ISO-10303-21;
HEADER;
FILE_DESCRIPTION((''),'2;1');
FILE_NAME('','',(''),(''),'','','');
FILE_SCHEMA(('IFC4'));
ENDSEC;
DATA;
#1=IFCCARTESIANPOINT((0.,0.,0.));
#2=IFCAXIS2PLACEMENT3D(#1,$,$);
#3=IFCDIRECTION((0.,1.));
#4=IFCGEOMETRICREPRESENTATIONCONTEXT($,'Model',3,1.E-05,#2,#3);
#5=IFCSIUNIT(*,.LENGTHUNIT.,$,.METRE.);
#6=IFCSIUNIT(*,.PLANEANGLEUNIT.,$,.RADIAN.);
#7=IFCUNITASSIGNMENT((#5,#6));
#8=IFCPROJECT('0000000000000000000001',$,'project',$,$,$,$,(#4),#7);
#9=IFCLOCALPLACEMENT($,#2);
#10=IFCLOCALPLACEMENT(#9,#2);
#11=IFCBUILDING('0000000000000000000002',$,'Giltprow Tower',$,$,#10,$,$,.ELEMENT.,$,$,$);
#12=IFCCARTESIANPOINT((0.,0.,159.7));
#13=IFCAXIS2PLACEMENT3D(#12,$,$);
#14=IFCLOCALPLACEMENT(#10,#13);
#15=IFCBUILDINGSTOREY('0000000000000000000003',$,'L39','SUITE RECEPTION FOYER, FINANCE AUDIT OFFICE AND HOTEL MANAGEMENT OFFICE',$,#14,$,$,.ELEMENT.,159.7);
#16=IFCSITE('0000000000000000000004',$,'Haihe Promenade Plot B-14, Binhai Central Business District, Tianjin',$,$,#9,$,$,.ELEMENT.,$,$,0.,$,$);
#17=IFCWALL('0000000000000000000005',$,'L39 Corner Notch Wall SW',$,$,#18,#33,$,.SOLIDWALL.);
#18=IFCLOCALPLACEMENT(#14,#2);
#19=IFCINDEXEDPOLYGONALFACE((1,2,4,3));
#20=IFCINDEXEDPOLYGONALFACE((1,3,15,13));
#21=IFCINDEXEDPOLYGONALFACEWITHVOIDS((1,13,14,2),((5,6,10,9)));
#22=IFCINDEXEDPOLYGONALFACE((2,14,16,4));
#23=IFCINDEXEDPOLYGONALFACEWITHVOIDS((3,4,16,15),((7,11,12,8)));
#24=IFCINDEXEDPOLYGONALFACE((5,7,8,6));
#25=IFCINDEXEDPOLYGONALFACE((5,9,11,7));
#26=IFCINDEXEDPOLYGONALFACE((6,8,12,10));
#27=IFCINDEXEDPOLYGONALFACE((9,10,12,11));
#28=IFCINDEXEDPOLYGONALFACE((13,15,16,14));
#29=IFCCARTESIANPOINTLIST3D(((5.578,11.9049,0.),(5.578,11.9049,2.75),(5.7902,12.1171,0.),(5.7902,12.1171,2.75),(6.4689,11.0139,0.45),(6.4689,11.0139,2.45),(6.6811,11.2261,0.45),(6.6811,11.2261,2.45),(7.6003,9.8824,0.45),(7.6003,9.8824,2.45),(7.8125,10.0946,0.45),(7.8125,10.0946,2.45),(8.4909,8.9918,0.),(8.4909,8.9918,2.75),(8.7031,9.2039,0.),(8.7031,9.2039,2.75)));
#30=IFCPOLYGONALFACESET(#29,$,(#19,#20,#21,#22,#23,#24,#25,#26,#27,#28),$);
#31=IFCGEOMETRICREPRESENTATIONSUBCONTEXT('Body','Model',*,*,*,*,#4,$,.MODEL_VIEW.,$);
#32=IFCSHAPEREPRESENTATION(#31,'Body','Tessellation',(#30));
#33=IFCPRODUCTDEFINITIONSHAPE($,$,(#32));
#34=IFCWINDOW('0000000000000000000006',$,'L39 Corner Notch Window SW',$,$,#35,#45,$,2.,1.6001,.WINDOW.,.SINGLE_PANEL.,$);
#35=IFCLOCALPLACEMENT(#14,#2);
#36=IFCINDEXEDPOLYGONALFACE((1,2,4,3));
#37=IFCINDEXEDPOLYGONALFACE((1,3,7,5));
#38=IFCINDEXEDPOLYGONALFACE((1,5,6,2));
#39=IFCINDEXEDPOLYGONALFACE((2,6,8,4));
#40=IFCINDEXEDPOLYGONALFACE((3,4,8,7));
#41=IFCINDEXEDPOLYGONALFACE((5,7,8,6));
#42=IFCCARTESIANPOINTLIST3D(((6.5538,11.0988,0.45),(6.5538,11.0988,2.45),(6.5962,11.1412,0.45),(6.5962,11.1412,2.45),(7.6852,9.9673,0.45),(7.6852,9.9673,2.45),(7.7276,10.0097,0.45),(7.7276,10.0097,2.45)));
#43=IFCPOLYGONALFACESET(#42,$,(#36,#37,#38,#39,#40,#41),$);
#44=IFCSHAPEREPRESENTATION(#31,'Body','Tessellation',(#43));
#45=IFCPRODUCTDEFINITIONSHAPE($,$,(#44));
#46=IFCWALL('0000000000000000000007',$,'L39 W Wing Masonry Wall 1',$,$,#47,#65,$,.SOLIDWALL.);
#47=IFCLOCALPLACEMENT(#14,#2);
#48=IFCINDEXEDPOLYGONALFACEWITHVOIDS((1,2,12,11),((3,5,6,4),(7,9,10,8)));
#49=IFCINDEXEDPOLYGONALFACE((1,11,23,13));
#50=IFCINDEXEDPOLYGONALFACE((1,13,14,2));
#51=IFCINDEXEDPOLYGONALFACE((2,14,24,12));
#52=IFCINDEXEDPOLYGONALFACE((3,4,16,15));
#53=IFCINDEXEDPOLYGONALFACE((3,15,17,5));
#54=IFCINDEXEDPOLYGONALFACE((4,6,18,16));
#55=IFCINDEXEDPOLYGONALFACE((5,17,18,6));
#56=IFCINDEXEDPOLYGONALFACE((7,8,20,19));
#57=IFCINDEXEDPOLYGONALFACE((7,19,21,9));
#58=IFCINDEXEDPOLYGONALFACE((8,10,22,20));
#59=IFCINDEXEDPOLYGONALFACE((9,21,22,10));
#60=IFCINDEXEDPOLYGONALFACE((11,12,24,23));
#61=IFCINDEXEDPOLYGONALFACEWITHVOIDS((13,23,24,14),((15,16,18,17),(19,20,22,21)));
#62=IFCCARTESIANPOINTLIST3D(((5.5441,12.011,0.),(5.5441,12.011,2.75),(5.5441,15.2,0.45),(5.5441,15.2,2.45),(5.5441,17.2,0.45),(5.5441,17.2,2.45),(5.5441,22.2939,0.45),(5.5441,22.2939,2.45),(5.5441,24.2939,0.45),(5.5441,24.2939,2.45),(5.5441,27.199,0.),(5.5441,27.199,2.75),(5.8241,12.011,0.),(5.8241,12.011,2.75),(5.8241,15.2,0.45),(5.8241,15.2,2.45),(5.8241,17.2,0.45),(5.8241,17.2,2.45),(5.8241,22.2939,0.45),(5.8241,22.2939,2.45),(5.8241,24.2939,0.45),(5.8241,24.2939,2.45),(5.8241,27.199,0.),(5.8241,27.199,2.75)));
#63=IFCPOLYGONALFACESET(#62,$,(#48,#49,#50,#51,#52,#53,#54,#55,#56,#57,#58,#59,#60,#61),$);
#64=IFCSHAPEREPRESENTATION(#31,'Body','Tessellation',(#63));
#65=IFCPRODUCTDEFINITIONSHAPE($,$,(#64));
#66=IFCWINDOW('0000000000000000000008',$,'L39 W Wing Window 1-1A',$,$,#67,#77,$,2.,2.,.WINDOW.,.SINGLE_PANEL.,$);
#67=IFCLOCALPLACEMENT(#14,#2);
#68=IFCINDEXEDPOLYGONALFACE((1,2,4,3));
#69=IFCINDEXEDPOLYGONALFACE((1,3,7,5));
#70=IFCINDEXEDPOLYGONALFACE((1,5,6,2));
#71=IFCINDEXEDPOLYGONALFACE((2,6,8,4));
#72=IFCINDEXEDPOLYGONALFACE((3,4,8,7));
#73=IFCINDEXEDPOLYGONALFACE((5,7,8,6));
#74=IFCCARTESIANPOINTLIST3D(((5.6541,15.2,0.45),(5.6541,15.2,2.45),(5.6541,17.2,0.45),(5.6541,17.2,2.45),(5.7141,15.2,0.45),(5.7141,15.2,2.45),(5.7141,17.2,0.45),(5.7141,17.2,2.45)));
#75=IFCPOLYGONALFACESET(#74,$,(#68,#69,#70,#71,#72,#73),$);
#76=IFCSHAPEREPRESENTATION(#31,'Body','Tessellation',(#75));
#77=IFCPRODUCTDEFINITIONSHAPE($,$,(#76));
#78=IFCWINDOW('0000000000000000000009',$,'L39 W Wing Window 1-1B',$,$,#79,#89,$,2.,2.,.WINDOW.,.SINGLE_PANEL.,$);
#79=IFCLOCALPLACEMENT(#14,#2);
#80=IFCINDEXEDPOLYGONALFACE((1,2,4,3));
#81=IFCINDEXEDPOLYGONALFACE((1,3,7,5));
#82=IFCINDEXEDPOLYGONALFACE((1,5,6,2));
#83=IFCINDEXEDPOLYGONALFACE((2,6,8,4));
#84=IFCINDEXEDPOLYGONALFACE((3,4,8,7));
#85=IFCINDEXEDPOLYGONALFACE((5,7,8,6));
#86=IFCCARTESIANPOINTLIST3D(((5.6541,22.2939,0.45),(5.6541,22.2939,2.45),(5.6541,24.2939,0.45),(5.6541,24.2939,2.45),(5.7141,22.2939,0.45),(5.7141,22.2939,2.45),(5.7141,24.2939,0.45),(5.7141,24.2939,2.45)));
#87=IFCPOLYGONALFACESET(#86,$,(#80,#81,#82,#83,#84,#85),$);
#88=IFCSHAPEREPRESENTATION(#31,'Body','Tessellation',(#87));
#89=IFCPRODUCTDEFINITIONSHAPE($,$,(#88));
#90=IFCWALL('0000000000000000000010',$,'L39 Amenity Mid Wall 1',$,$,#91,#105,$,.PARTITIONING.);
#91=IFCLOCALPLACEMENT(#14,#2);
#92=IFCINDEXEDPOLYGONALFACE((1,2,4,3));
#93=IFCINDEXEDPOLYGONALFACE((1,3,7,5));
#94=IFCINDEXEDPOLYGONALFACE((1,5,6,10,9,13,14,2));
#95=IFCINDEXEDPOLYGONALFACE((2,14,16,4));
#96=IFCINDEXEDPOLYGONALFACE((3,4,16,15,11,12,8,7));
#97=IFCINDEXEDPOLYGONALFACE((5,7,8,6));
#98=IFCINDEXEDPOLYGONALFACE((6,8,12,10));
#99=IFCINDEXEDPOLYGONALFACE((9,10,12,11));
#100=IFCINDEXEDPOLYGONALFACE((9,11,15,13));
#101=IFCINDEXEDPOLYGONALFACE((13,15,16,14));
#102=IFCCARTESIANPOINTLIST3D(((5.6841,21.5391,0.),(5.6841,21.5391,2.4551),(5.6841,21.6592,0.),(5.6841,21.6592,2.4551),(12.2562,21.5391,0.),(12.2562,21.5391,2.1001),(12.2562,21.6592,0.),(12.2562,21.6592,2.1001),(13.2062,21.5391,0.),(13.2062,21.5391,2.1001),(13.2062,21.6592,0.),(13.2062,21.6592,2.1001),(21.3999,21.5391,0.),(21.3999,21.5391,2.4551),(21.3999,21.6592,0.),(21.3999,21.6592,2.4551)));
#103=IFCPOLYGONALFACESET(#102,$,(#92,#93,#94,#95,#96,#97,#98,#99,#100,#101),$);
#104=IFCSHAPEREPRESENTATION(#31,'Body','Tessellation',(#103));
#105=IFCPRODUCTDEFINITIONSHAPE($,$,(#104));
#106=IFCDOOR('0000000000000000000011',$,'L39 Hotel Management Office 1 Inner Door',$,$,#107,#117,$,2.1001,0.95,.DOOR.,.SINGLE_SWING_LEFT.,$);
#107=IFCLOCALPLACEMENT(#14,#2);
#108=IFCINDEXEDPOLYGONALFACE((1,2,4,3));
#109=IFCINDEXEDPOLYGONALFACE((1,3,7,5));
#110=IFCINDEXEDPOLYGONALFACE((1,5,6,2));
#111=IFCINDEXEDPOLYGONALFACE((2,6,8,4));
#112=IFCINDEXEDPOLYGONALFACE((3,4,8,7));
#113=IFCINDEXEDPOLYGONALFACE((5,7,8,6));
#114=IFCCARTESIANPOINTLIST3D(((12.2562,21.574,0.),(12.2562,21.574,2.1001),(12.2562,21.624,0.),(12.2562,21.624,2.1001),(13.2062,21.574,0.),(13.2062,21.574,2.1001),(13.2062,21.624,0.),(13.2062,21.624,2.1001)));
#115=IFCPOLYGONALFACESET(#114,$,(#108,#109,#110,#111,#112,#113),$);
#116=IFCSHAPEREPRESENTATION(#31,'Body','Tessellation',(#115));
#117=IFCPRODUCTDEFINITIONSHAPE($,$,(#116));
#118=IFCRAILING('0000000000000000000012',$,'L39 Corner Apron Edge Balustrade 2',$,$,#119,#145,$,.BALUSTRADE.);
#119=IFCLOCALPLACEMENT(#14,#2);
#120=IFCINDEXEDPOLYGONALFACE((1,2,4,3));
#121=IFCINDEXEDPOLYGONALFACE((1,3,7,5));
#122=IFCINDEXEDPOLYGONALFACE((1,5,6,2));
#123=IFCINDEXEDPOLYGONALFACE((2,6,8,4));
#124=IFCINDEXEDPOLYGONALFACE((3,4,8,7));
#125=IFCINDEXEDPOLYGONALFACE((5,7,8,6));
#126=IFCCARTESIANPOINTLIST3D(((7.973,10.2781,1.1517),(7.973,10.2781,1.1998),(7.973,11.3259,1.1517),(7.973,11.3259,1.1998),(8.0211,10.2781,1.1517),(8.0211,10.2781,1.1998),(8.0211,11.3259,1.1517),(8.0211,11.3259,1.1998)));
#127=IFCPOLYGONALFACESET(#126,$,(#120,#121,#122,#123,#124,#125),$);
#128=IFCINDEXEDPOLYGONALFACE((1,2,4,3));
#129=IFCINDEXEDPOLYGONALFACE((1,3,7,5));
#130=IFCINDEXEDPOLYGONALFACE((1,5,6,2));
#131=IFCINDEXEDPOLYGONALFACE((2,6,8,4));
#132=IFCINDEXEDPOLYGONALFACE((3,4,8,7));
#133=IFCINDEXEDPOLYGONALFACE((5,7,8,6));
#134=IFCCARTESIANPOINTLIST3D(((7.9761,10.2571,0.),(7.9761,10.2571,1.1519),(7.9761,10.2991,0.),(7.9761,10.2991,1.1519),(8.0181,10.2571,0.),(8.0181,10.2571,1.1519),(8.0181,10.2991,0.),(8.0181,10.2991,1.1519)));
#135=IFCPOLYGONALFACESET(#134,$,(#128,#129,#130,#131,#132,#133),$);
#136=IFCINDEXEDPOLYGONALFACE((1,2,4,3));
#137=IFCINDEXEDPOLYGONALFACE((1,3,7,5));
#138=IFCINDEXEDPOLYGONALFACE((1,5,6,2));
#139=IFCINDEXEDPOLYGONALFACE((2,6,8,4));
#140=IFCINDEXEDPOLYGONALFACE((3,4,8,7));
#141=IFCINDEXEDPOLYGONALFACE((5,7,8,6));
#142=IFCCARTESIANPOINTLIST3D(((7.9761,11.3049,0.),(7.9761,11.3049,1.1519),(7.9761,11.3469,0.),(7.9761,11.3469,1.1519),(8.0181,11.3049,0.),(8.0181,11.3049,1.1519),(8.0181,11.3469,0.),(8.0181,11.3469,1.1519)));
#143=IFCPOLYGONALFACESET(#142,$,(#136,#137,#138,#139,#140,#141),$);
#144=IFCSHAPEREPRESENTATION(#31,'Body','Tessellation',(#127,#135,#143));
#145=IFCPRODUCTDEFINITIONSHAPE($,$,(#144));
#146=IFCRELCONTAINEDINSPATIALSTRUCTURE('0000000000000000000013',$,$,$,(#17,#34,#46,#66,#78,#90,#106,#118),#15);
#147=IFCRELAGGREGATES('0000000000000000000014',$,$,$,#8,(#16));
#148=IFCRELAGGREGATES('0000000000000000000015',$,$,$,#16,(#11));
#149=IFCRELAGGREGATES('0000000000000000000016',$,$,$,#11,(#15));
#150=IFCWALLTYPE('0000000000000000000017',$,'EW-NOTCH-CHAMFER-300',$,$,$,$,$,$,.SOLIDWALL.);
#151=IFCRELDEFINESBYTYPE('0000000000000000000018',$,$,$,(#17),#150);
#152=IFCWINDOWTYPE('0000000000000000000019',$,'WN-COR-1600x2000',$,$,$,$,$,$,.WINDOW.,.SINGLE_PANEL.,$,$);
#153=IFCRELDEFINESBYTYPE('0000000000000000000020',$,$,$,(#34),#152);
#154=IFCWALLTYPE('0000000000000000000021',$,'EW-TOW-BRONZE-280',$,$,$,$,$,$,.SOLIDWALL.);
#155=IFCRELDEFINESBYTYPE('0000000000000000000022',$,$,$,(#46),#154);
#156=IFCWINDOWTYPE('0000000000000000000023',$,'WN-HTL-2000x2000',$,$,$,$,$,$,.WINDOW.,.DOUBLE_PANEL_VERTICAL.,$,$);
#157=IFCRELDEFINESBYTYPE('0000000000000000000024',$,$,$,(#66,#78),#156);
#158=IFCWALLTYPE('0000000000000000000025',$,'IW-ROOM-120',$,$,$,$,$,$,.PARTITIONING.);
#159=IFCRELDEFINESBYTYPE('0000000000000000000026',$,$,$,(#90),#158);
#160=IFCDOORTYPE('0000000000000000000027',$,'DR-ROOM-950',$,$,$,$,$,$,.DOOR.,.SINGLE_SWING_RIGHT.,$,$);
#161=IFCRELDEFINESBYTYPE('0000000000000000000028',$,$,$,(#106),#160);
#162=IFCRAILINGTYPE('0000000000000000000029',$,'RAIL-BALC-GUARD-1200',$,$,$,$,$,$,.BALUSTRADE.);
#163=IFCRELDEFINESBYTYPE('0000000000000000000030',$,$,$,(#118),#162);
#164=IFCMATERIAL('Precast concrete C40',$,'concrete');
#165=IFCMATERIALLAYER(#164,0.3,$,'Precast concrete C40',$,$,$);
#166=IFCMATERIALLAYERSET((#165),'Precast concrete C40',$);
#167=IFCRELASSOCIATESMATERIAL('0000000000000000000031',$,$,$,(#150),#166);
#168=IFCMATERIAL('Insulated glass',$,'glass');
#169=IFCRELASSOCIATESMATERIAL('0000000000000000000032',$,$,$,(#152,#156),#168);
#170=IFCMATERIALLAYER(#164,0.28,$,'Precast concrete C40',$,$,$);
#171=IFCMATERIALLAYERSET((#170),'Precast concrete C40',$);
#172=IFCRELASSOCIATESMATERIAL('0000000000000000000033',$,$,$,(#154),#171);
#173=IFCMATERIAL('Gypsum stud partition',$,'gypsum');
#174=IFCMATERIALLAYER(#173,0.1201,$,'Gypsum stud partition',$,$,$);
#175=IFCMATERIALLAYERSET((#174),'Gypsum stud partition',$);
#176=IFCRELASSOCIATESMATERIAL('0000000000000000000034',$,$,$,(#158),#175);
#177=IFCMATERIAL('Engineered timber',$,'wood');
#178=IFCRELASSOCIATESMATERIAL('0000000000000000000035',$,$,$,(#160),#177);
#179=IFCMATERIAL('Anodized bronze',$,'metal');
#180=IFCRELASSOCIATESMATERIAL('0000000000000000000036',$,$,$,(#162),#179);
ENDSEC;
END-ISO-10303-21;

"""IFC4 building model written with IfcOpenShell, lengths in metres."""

from ifc_helpers import new_model, si_unit, direction, frame, frame_2d, origin, origin_2d, place, context, subcontext, project, spatial, rectangle, extrude, source, transform, mapped, material, layer, layer_set, type_object, element, fill, save


model = new_model("IFC4")

# Units and contexts
model_context = context("Model", 3, precision=1e-05, world=origin(), true_north=direction((0.0, 1.0)))
body_context = subcontext(model_context, "Body", "Model", "MODEL_VIEW")
ifc_project = project(units=[si_unit("LENGTHUNIT", "METRE"), si_unit("PLANEANGLEUNIT", "RADIAN")], contexts=[model_context])

# Site, building, storey
site_placement = place(None, origin())
site = spatial("IfcSite", under=ifc_project, at=site_placement, Name="Haihe Promenade Plot B-14, Binhai Central Business District, Tianjin", CompositionType="ELEMENT", RefElevation=0.0)
building_placement = place(site_placement, origin())
building = spatial("IfcBuilding", under=site, at=building_placement, Name="Giltprow Tower", CompositionType="ELEMENT")
storey_placement = place(building_placement, frame((0.0, 0.0, 159.7)))
storey = spatial("IfcBuildingStorey", under=building, at=storey_placement, Name="L39", Description="SUITE RECEPTION FOYER, FINANCE AUDIT OFFICE AND HOTEL MANAGEMENT OFFICE", CompositionType="ELEMENT", Elevation=159.7)

# Shared definitions
ifc_material_1 = material(Name="Anodized bronze", Category="metal")
ifc_material_2 = material(Name="Insulated glass", Category="glass")

# Wall, opening, window
ifc_material_3 = material(Name="Precast concrete C40", Category="concrete")
ifc_layer_1 = layer(ifc_material_3, 0.3, Name="Precast concrete C40")
ifc_layer_set_1 = layer_set([ifc_layer_1], Name="Precast concrete C40")
wall_type_1 = type_object("IfcWallType", Name="EW-NOTCH-CHAMFER-300", PredefinedType="SOLIDWALL", material=ifc_layer_set_1)
wall_1_placement = place(storey_placement, frame((5.6841, 12.011, 0.0), z_axis=(0.0, 0.0, 1.0), x_axis=(0.707077, -0.707136, 0.0)))
wall_1 = element("IfcWall", 1, at=wall_1_placement, inside=storey, type_object=wall_type_1, Name="L39 Corner Notch Wall SW", PredefinedType="SOLIDWALL", context=body_context, shape_type="SweptSolid", body=[
    extrude(rectangle(XDim=4.1196, YDim=0.3, at=frame_2d((2.0598, 0.0))), origin(), (0.0, 0.0, 1.0), 2.75),
])
opening_1_placement = place(wall_1_placement, frame((1.26, 0.0, 0.45)))
opening_1 = element("IfcOpeningElement", 2, at=opening_1_placement, cuts=wall_1, PredefinedType="OPENING", context=body_context, shape_type="SweptSolid", body=[
    extrude(rectangle(XDim=1.6001, YDim=2.0, at=frame_2d((0.8, 1.0))), frame((0.0, 0.1599, 0.0), z_axis=(0.0, -1.0, 0.0), x_axis=(1.0, 0.0, 0.0)), (0.0, 0.0, 1.0), 0.3201),
])
window_type_1 = type_object("IfcWindowType", Name="WN-COR-1600x2000", PartitioningType="SINGLE_PANEL", PredefinedType="WINDOW", material=ifc_material_2)
shared_shape_1 = source(origin(), body_context, "Body", "SweptSolid", [
    extrude(rectangle(XDim=1.6001, YDim=2.0, at=frame_2d((0.8, 1.0))), frame((0.0, 0.03, 0.0), z_axis=(0.0, -1.0, 0.0), x_axis=(1.0, 0.0, 0.0)), (0.0, 0.0, 1.0), 0.0601),
])
window_1_placement = place(opening_1_placement, origin())
window_1 = element("IfcWindow", 3, at=window_1_placement, inside=storey, type_object=window_type_1, Name="L39 Corner Notch Window SW", OverallHeight=2.0, OverallWidth=1.6001, PartitioningType="SINGLE_PANEL", PredefinedType="WINDOW", context=body_context, shape_type="MappedRepresentation", body=[
    mapped(shared_shape_1, transform((0.0, 0.0, 0.0), x_axis=(1.0, 0.0, 0.0), y_axis=(0.0, 1.0, 0.0), z_axis=(0.0, 0.0, 1.0), scale=1.0)),
])
fill(opening_1, window_1)

# Wall, openings, windows
ifc_layer_2 = layer(ifc_material_3, 0.28, Name="Precast concrete C40")
ifc_layer_set_2 = layer_set([ifc_layer_2], Name="Precast concrete C40")
wall_type_2 = type_object("IfcWallType", Name="EW-TOW-BRONZE-280", PredefinedType="SOLIDWALL", material=ifc_layer_set_2)
wall_2_placement = place(storey_placement, frame((5.6841, 12.011, 0.0), z_axis=(0.0, 0.0, 1.0), x_axis=(0.0, 1.0, 0.0)))
wall_2 = element("IfcWall", 4, at=wall_2_placement, inside=storey, type_object=wall_type_2, Name="L39 W Wing Masonry Wall 1", PredefinedType="SOLIDWALL", context=body_context, shape_type="SweptSolid", body=[
    extrude(rectangle(XDim=15.188, YDim=0.28, at=frame_2d((7.594, 0.0))), origin(), (0.0, 0.0, 1.0), 2.75),
])
opening_2_placement = place(wall_2_placement, frame((3.189, 0.0, 0.45)))
opening_2 = element("IfcOpeningElement", 5, at=opening_2_placement, cuts=wall_2, PredefinedType="OPENING", context=body_context, shape_type="SweptSolid", body=[
    extrude(rectangle(XDim=2.0, YDim=2.0, at=frame_2d((1.0, 1.0))), frame((0.0, 0.1499, 0.0), z_axis=(0.0, -1.0, 0.0), x_axis=(1.0, 0.0, 0.0)), (0.0, 0.0, 1.0), 0.3),
])
opening_3_placement = place(wall_2_placement, frame((10.283, 0.0, 0.45)))
opening_3 = element("IfcOpeningElement", 6, at=opening_3_placement, cuts=wall_2, PredefinedType="OPENING", context=body_context, shape_type="SweptSolid", body=[
    extrude(rectangle(XDim=2.0, YDim=2.0, at=frame_2d((1.0, 1.0))), frame((0.0, 0.1499, 0.0), z_axis=(0.0, -1.0, 0.0), x_axis=(1.0, 0.0, 0.0)), (0.0, 0.0, 1.0), 0.3),
])
window_type_2 = type_object("IfcWindowType", Name="WN-HTL-2000x2000", PartitioningType="DOUBLE_PANEL_VERTICAL", PredefinedType="WINDOW", material=ifc_material_2)
shared_shape_2 = source(origin(), body_context, "Body", "SweptSolid", [
    extrude(rectangle(XDim=2.0, YDim=2.0, at=frame_2d((1.0, 1.0))), frame((0.0, 0.03, 0.0), z_axis=(0.0, -1.0, 0.0), x_axis=(1.0, 0.0, 0.0)), (0.0, 0.0, 1.0), 0.0601),
])
window_2_placement = place(opening_2_placement, origin())
window_2 = element("IfcWindow", 7, at=window_2_placement, inside=storey, type_object=window_type_2, Name="L39 W Wing Window 1-1A", OverallHeight=2.0, OverallWidth=2.0, PartitioningType="SINGLE_PANEL", PredefinedType="WINDOW", context=body_context, shape_type="MappedRepresentation", body=[
    mapped(shared_shape_2, transform((0.0, 0.0, 0.0), x_axis=(1.0, 0.0, 0.0), y_axis=(0.0, 1.0, 0.0), z_axis=(0.0, 0.0, 1.0), scale=1.0)),
])
fill(opening_2, window_2)
window_3_placement = place(opening_3_placement, origin())
window_3 = element("IfcWindow", 8, at=window_3_placement, inside=storey, type_object=window_type_2, Name="L39 W Wing Window 1-1B", OverallHeight=2.0, OverallWidth=2.0, PartitioningType="SINGLE_PANEL", PredefinedType="WINDOW", context=body_context, shape_type="MappedRepresentation", body=[
    mapped(shared_shape_2, transform((0.0, 0.0, 0.0), x_axis=(1.0, 0.0, 0.0), y_axis=(0.0, 1.0, 0.0), z_axis=(0.0, 0.0, 1.0), scale=1.0)),
])
fill(opening_3, window_3)

# Wall, opening, door
ifc_material_4 = material(Name="Gypsum stud partition", Category="gypsum")
ifc_layer_3 = layer(ifc_material_4, 0.1201, Name="Gypsum stud partition")
ifc_layer_set_3 = layer_set([ifc_layer_3], Name="Gypsum stud partition")
wall_type_3 = type_object("IfcWallType", Name="IW-ROOM-120", PredefinedType="PARTITIONING", material=ifc_layer_set_3)
wall_3_placement = place(storey_placement, frame((5.6841, 21.5991, 0.0), z_axis=(0.0, 0.0, 1.0), x_axis=(1.0, 0.0, 0.0)))
wall_3 = element("IfcWall", 9, at=wall_3_placement, inside=storey, type_object=wall_type_3, Name="L39 Amenity Mid Wall 1", PredefinedType="PARTITIONING", context=body_context, shape_type="SweptSolid", body=[
    extrude(rectangle(XDim=15.7158, YDim=0.1201, at=frame_2d((7.8579, 0.0))), origin(), (0.0, 0.0, 1.0), 2.4551),
])
opening_4_placement = place(wall_3_placement, frame((6.572, 0.0, 0.0)))
opening_4 = element("IfcOpeningElement", 10, at=opening_4_placement, cuts=wall_3, PredefinedType="OPENING", context=body_context, shape_type="SweptSolid", body=[
    extrude(rectangle(XDim=0.95, YDim=2.1001, at=frame_2d((0.4751, 1.05))), frame((0.0, 0.0701, 0.0), z_axis=(0.0, -1.0, 0.0), x_axis=(1.0, 0.0, 0.0)), (0.0, 0.0, 1.0), 0.1401),
])
ifc_material_5 = material(Name="Engineered timber", Category="wood")
door_type = type_object("IfcDoorType", Name="DR-ROOM-950", OperationType="SINGLE_SWING_RIGHT", PredefinedType="DOOR", material=ifc_material_5)
shared_shape_3 = source(origin(), body_context, "Body", "SweptSolid", [
    extrude(rectangle(XDim=0.95, YDim=2.1001, at=frame_2d((0.4751, 1.05))), frame((0.0, 0.0249, 0.0), z_axis=(0.0, -1.0, 0.0), x_axis=(1.0, 0.0, 0.0)), (0.0, 0.0, 1.0), 0.05),
])
door_placement = place(opening_4_placement, origin())
door = element("IfcDoor", 11, at=door_placement, inside=storey, type_object=door_type, Name="L39 Hotel Management Office 1 Inner Door", OperationType="SINGLE_SWING_LEFT", OverallHeight=2.1001, OverallWidth=0.95, PredefinedType="DOOR", context=body_context, shape_type="MappedRepresentation", body=[
    mapped(shared_shape_3, transform((0.0, 0.0, 0.0), x_axis=(1.0, 0.0, 0.0), y_axis=(0.0, 1.0, 0.0), z_axis=(0.0, 0.0, 1.0), scale=1.0)),
])
fill(opening_4, door)

# Railing
railing_type = type_object("IfcRailingType", Name="RAIL-BALC-GUARD-1200", PredefinedType="BALUSTRADE", material=ifc_material_1)
railing_1_placement = place(storey_placement, frame((7.9971, 10.2781, 0.0)))
element("IfcRailing", 12, at=railing_1_placement, inside=storey, type_object=railing_type, Name="L39 Corner Apron Edge Balustrade 2", PredefinedType="BALUSTRADE", context=body_context, shape_type="SweptSolid", body=[
    extrude(rectangle(XDim=0.0481, YDim=0.0481, at=origin_2d()), frame((0.0, 0.0, 1.1758), z_axis=(0.0, 1.0, 0.0), x_axis=(-1.0, 0.0, 0.0)), (0.0, 0.0, 1.0), 1.0479),
    extrude(rectangle(XDim=0.042, YDim=0.042, at=origin_2d()), origin(), (0.0, 0.0, 1.0), 1.1519),
    extrude(rectangle(XDim=0.042, YDim=0.042, at=origin_2d()), frame((0.0, 1.0479, 0.0)), (0.0, 0.0, 1.0), 1.1519),
])

save(model, "model.ifc")
